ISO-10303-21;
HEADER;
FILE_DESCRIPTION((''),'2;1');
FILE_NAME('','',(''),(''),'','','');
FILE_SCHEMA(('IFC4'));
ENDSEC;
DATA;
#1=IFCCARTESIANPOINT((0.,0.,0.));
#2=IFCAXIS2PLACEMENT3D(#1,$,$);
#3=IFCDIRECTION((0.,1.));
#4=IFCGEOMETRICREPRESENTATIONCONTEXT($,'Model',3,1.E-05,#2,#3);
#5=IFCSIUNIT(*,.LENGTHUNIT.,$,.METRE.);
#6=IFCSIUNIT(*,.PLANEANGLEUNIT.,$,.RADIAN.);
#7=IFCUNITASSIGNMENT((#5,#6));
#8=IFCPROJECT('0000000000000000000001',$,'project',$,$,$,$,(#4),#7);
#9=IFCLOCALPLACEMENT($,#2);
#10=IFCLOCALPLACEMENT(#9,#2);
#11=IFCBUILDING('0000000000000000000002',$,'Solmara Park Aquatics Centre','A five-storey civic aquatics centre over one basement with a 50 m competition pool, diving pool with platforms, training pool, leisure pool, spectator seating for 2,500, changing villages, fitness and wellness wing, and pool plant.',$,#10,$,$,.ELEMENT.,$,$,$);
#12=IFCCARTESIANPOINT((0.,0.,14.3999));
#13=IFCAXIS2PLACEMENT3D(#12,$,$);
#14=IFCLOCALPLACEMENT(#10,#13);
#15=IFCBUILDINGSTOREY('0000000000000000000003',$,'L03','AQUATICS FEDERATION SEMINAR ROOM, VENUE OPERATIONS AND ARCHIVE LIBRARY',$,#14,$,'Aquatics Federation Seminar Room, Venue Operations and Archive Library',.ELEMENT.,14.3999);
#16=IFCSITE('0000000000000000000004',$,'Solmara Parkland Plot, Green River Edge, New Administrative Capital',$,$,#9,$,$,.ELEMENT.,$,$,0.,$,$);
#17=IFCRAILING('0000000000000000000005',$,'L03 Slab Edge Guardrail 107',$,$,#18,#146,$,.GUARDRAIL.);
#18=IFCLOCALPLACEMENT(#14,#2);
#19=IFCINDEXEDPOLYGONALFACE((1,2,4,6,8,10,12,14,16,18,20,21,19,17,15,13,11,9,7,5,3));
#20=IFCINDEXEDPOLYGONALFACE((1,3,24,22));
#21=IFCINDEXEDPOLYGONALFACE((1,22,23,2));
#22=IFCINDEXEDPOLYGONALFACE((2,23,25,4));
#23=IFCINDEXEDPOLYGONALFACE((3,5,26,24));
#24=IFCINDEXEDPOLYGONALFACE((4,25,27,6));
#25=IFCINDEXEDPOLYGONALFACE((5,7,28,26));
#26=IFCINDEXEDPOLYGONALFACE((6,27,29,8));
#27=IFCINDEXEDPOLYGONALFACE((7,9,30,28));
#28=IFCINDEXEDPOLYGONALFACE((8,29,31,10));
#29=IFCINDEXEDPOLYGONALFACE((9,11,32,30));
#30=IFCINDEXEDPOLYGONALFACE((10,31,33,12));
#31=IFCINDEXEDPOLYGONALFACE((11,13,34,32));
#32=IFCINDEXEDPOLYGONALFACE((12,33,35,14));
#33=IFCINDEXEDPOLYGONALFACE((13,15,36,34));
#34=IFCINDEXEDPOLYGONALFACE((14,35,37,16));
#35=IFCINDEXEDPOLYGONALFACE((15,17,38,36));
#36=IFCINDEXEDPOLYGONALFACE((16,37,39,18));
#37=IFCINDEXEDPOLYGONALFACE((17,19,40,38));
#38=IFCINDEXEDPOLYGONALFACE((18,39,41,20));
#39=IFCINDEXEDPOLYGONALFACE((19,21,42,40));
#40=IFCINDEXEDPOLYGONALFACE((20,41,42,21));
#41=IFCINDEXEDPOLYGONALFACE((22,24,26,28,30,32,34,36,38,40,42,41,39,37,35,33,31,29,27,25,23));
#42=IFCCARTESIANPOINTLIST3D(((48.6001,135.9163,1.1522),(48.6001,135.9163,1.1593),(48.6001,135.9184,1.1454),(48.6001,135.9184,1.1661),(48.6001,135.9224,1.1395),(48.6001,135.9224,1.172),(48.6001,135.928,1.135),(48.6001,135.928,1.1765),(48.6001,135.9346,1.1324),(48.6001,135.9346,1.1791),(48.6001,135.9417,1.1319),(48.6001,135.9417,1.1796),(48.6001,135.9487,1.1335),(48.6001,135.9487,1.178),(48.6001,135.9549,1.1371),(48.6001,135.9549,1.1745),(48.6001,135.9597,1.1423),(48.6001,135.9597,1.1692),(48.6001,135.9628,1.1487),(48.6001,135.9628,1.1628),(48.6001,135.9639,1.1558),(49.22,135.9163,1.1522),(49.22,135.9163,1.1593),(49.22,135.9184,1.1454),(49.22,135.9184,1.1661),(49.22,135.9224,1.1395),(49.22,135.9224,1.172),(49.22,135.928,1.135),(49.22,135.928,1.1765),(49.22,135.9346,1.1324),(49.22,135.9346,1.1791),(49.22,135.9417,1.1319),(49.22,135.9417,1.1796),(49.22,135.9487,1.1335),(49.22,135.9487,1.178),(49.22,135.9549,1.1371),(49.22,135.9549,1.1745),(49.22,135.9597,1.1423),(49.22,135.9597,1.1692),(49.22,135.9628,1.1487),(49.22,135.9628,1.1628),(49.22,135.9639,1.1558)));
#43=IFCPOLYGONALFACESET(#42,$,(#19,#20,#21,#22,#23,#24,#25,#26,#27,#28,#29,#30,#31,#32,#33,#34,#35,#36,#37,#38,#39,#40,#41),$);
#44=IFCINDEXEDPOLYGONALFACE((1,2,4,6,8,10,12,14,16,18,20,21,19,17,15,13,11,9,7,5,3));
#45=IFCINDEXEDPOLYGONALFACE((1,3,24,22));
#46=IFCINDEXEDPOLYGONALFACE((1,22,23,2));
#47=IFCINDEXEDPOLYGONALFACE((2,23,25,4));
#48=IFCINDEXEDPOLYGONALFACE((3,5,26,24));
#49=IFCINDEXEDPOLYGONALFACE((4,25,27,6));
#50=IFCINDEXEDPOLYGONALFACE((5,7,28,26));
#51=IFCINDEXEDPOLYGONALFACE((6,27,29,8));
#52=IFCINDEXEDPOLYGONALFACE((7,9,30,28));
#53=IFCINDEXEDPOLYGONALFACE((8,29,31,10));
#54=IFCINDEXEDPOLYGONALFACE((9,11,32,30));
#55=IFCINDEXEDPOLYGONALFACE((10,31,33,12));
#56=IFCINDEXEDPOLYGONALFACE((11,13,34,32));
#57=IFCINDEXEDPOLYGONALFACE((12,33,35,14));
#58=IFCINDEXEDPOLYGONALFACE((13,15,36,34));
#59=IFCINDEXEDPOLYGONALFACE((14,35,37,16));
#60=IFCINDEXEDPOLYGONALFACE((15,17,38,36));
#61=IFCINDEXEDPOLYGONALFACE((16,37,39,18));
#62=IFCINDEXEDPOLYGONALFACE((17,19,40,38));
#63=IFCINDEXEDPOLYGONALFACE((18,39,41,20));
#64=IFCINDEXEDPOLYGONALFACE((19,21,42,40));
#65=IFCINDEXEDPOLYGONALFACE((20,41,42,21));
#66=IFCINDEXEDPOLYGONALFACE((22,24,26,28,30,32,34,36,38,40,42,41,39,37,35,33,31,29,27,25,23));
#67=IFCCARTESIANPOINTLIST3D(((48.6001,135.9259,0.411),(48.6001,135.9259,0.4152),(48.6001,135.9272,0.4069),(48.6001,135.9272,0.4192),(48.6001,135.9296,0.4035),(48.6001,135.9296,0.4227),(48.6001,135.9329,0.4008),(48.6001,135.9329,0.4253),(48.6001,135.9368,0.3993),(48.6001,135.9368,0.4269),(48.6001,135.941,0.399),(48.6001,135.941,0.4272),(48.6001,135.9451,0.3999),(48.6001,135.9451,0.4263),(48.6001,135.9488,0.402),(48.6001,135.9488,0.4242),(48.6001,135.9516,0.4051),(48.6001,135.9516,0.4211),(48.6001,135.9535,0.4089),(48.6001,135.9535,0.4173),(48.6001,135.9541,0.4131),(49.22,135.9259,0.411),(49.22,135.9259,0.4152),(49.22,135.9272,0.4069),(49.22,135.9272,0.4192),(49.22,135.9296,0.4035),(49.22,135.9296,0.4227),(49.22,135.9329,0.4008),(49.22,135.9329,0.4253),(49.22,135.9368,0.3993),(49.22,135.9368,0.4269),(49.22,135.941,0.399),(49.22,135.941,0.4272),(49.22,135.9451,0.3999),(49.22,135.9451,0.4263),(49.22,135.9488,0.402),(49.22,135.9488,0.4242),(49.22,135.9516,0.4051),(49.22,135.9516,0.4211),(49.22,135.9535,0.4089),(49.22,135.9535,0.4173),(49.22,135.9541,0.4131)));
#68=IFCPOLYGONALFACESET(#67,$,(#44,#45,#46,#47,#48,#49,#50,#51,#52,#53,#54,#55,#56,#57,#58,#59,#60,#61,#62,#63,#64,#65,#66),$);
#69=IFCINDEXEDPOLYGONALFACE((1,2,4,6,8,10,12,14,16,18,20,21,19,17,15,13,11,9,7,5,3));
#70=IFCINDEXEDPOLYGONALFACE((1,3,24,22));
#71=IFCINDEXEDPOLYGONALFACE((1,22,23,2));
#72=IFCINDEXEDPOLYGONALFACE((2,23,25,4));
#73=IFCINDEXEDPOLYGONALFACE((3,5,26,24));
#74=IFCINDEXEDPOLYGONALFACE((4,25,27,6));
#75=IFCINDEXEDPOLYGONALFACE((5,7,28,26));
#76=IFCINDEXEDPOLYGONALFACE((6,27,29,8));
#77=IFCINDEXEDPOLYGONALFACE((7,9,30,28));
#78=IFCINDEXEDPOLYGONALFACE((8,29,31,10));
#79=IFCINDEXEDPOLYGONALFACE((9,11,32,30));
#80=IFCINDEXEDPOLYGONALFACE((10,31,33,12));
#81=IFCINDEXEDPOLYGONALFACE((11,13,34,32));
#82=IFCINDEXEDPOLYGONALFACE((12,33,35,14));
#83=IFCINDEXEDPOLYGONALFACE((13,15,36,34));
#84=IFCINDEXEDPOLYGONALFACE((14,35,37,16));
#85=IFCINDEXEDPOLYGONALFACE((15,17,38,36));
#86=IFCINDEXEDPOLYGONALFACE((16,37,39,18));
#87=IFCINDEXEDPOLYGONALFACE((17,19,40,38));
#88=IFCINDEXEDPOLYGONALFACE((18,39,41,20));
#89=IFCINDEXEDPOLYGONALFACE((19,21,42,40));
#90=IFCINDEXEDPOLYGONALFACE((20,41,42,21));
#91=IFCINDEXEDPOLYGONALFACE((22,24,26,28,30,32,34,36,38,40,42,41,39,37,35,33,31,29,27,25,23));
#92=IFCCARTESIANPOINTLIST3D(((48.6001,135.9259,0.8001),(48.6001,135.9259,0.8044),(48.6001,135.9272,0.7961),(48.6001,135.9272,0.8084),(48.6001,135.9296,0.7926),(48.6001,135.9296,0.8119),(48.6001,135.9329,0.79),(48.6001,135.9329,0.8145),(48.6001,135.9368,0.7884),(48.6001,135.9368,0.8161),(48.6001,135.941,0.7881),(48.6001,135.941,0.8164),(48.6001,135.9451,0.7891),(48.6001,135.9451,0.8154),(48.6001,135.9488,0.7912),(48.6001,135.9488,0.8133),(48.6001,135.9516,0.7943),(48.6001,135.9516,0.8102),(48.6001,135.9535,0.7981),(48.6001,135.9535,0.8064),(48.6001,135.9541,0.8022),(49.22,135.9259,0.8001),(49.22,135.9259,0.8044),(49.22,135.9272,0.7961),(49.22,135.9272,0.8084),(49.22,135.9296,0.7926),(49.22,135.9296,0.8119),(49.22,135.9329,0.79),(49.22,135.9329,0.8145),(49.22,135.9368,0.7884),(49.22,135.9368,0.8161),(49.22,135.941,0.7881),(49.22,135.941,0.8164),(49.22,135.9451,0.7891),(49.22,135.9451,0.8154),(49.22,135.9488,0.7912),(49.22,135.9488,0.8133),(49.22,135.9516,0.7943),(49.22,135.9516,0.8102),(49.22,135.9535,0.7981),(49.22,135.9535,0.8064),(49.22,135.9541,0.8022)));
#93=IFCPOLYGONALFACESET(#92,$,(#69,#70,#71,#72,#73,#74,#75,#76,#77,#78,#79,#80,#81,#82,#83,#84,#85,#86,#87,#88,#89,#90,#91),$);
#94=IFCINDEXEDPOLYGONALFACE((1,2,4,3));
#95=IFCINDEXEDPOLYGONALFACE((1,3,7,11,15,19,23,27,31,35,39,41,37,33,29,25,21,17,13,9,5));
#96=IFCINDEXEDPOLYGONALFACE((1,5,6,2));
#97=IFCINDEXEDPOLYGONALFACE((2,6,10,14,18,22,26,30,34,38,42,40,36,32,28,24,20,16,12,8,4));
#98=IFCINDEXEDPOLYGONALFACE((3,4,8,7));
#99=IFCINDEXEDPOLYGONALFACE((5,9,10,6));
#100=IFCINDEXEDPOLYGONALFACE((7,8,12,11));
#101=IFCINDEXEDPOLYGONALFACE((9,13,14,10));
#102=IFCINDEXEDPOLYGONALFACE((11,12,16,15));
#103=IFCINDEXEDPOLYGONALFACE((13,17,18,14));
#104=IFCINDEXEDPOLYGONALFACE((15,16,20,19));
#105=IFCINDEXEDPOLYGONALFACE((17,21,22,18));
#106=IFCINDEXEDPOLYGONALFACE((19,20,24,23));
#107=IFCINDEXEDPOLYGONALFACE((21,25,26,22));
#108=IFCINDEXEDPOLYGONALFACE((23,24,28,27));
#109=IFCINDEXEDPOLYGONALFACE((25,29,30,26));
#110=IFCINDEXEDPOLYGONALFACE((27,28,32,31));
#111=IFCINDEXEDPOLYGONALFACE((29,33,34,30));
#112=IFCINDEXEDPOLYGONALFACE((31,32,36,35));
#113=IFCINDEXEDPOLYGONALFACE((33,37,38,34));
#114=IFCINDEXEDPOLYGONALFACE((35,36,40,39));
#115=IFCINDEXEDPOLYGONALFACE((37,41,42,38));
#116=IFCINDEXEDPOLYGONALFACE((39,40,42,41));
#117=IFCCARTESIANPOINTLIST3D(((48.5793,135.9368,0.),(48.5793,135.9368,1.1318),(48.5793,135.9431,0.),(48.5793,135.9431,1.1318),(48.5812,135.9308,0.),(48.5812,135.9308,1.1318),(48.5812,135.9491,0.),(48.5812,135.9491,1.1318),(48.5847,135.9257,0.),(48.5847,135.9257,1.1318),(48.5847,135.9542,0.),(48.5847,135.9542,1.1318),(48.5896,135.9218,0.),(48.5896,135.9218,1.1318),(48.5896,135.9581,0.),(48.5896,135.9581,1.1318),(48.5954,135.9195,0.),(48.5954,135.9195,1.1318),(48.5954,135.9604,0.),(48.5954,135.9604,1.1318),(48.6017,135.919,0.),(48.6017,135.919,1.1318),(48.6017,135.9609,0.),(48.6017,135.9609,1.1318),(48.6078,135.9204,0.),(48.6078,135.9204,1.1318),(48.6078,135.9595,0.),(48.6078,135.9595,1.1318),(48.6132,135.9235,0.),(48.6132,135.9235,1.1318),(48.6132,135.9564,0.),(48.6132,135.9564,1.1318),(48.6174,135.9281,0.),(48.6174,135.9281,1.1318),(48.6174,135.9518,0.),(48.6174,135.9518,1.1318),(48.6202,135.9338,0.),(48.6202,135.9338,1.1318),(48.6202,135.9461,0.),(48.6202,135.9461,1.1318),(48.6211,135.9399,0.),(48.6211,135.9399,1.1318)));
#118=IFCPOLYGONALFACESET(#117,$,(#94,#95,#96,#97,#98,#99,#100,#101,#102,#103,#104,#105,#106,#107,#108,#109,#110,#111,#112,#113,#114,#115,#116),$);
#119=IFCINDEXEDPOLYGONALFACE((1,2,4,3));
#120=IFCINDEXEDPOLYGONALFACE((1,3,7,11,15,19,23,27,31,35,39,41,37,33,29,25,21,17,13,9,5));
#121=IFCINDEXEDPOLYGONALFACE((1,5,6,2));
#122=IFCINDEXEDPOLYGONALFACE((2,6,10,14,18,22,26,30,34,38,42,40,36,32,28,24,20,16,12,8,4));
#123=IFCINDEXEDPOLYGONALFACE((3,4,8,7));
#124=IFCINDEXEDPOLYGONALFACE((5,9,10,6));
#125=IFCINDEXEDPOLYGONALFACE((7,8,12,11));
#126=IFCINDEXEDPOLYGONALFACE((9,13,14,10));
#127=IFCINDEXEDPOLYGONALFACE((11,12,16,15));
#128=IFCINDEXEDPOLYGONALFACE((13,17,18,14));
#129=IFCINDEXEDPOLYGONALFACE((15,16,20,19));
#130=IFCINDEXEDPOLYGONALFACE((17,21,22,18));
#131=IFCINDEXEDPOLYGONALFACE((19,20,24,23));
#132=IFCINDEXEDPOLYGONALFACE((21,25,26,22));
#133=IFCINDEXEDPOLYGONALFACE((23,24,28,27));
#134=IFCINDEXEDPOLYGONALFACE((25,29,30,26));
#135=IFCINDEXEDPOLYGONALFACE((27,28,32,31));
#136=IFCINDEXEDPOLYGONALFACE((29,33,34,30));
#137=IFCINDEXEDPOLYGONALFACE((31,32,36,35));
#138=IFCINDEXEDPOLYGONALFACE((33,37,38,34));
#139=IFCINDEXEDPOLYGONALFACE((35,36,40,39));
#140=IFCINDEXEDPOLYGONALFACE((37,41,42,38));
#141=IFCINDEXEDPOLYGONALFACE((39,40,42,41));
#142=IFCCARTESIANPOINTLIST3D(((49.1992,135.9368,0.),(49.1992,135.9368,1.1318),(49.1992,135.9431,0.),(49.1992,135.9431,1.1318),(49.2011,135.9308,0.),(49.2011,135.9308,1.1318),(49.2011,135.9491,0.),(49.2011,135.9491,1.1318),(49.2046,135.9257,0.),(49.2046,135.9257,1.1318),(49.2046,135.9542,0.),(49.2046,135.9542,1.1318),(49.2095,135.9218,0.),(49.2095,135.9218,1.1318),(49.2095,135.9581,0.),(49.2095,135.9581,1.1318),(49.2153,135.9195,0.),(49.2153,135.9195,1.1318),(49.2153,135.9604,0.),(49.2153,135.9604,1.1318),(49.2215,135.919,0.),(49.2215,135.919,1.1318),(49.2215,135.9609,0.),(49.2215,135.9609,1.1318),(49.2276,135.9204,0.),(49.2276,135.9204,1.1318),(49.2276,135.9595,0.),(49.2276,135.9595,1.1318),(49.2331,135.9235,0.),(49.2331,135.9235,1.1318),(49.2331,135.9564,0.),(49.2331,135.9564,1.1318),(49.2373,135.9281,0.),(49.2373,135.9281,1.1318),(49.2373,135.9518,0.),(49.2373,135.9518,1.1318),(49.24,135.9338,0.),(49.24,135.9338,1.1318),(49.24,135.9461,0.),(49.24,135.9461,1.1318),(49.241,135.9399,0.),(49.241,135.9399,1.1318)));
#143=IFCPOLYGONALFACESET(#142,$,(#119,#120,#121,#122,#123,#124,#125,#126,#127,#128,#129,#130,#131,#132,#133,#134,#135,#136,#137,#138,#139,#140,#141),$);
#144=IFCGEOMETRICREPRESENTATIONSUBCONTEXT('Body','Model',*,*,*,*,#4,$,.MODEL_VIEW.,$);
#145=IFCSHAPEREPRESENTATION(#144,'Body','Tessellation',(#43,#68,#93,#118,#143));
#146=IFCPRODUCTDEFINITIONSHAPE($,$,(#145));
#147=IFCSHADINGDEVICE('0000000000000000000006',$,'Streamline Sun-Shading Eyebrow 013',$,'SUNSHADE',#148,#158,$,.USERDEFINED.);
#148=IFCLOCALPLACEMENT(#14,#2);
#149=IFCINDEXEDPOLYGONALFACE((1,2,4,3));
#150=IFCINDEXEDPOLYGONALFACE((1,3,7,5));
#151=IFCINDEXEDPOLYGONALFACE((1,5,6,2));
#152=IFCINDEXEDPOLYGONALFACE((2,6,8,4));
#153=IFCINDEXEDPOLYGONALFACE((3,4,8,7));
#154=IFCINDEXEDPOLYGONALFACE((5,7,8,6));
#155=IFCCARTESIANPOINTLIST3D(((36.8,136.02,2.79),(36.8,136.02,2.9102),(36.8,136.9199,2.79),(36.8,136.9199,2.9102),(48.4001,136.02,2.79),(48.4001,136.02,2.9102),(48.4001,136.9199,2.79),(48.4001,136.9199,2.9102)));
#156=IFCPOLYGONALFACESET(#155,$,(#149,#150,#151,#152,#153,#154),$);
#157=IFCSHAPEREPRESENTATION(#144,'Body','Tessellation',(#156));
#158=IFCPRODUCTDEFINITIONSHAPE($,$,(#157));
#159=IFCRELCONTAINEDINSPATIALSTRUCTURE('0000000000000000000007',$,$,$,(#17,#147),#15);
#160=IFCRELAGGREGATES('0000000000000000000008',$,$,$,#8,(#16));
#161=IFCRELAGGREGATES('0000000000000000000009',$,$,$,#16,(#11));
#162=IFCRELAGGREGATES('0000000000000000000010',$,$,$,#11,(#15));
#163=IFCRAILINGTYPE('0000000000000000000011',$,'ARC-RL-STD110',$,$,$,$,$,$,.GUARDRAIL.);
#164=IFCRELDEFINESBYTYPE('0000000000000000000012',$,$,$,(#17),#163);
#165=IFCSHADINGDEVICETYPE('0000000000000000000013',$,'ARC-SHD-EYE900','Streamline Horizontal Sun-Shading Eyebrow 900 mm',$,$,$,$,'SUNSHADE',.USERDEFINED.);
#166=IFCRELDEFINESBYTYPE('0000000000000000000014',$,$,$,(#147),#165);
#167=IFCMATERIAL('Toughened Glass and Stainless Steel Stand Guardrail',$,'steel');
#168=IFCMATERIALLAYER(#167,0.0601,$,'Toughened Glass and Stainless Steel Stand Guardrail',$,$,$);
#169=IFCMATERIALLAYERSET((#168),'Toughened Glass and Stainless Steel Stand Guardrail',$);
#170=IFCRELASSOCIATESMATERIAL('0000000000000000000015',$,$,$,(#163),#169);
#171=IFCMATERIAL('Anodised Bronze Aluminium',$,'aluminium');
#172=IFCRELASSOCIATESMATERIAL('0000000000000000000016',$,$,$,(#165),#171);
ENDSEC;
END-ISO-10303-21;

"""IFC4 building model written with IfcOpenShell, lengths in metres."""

from ifc_helpers import new_model, si_unit, direction, frame, origin, origin_2d, place, context, subcontext, project, spatial, rectangle, circle, extrude, material, layer, layer_set, type_object, element, save


model = new_model("IFC4")

# Units and contexts
model_context = context("Model", 3, precision=1e-05, world=origin(), true_north=direction((0.0, 1.0)))
body_context = subcontext(model_context, "Body", "Model", "MODEL_VIEW")
ifc_project = project(units=[si_unit("LENGTHUNIT", "METRE"), si_unit("PLANEANGLEUNIT", "RADIAN")], contexts=[model_context])

# Site, building, storey
site_placement = place(None, origin())
site = spatial("IfcSite", under=ifc_project, at=site_placement, Name="Solmara Parkland Plot, Green River Edge, New Administrative Capital", CompositionType="ELEMENT", RefElevation=0.0)
building_placement = place(site_placement, origin())
building = spatial("IfcBuilding", under=site, at=building_placement, Name="Solmara Park Aquatics Centre", Description="A five-storey civic aquatics centre over one basement with a 50 m competition pool, diving pool with platforms, training pool, leisure pool, spectator seating for 2,500, changing villages, fitness and wellness wing, and pool plant.", CompositionType="ELEMENT")
storey_placement = place(building_placement, frame((0.0, 0.0, 14.3999)))
storey = spatial("IfcBuildingStorey", under=building, at=storey_placement, Name="L03", Description="AQUATICS FEDERATION SEMINAR ROOM, VENUE OPERATIONS AND ARCHIVE LIBRARY", LongName="Aquatics Federation Seminar Room, Venue Operations and Archive Library", CompositionType="ELEMENT", Elevation=14.3999)

# Railing
ifc_material_1 = material(Name="Toughened Glass and Stainless Steel Stand Guardrail", Category="steel")
ifc_layer_1 = layer(ifc_material_1, 0.0601, Name="Toughened Glass and Stainless Steel Stand Guardrail")
ifc_layer_set_1 = layer_set([ifc_layer_1], Name="Toughened Glass and Stainless Steel Stand Guardrail")
railing_type_1 = type_object("IfcRailingType", Name="ARC-RL-STD110", PredefinedType="GUARDRAIL", material=ifc_layer_set_1)
railing_1_placement = place(storey_placement, frame((48.6001, 135.9399, 0.0)))
element("IfcRailing", 1, at=railing_1_placement, inside=storey, type_object=railing_type_1, Name="L03 Slab Edge Guardrail 107", PredefinedType="GUARDRAIL", context=body_context, shape_type="SweptSolid", body=[
    extrude(circle(Radius=0.0239, at=origin_2d()), frame((0.0, 0.0, 1.1558), z_axis=(1.0, 0.0, 0.0), x_axis=(0.0, 1.0, 0.0)), (0.0, 0.0, 1.0), 0.6199),
    extrude(circle(Radius=0.0142, at=origin_2d()), frame((0.0, 0.0, 0.4131), z_axis=(1.0, 0.0, 0.0), x_axis=(0.0, 1.0, 0.0)), (0.0, 0.0, 1.0), 0.6199),
    extrude(circle(Radius=0.0142, at=origin_2d()), frame((0.0, 0.0, 0.8022), z_axis=(1.0, 0.0, 0.0), x_axis=(0.0, 1.0, 0.0)), (0.0, 0.0, 1.0), 0.6199),
    extrude(circle(Radius=0.021, at=origin_2d()), origin(), (0.0, 0.0, 1.0), 1.1318),
    extrude(circle(Radius=0.021, at=origin_2d()), frame((0.6199, 0.0, 0.0)), (0.0, 0.0, 1.0), 1.1318),
])

# Shading device
ifc_material_2 = material(Name="Anodised Bronze Aluminium", Category="aluminium")
shading_device_type = type_object("IfcShadingDeviceType", Name="ARC-SHD-EYE900", Description="Streamline Horizontal Sun-Shading Eyebrow 900 mm", ElementType="SUNSHADE", PredefinedType="USERDEFINED", material=ifc_material_2)
shading_device_placement = place(storey_placement, frame((42.6001, 136.47, 2.79), z_axis=(0.0, 0.0, 1.0), x_axis=(1.0, 0.0, 0.0)))
element("IfcShadingDevice", 2, at=shading_device_placement, inside=storey, type_object=shading_device_type, Name="Streamline Sun-Shading Eyebrow 013", ObjectType="SUNSHADE", PredefinedType="USERDEFINED", context=body_context, shape_type="SweptSolid", body=[
    extrude(rectangle(XDim=11.6001, YDim=0.8999, at=origin_2d()), origin(), (0.0, 0.0, 1.0), 0.1201),
])

save(model, "model.ifc")
